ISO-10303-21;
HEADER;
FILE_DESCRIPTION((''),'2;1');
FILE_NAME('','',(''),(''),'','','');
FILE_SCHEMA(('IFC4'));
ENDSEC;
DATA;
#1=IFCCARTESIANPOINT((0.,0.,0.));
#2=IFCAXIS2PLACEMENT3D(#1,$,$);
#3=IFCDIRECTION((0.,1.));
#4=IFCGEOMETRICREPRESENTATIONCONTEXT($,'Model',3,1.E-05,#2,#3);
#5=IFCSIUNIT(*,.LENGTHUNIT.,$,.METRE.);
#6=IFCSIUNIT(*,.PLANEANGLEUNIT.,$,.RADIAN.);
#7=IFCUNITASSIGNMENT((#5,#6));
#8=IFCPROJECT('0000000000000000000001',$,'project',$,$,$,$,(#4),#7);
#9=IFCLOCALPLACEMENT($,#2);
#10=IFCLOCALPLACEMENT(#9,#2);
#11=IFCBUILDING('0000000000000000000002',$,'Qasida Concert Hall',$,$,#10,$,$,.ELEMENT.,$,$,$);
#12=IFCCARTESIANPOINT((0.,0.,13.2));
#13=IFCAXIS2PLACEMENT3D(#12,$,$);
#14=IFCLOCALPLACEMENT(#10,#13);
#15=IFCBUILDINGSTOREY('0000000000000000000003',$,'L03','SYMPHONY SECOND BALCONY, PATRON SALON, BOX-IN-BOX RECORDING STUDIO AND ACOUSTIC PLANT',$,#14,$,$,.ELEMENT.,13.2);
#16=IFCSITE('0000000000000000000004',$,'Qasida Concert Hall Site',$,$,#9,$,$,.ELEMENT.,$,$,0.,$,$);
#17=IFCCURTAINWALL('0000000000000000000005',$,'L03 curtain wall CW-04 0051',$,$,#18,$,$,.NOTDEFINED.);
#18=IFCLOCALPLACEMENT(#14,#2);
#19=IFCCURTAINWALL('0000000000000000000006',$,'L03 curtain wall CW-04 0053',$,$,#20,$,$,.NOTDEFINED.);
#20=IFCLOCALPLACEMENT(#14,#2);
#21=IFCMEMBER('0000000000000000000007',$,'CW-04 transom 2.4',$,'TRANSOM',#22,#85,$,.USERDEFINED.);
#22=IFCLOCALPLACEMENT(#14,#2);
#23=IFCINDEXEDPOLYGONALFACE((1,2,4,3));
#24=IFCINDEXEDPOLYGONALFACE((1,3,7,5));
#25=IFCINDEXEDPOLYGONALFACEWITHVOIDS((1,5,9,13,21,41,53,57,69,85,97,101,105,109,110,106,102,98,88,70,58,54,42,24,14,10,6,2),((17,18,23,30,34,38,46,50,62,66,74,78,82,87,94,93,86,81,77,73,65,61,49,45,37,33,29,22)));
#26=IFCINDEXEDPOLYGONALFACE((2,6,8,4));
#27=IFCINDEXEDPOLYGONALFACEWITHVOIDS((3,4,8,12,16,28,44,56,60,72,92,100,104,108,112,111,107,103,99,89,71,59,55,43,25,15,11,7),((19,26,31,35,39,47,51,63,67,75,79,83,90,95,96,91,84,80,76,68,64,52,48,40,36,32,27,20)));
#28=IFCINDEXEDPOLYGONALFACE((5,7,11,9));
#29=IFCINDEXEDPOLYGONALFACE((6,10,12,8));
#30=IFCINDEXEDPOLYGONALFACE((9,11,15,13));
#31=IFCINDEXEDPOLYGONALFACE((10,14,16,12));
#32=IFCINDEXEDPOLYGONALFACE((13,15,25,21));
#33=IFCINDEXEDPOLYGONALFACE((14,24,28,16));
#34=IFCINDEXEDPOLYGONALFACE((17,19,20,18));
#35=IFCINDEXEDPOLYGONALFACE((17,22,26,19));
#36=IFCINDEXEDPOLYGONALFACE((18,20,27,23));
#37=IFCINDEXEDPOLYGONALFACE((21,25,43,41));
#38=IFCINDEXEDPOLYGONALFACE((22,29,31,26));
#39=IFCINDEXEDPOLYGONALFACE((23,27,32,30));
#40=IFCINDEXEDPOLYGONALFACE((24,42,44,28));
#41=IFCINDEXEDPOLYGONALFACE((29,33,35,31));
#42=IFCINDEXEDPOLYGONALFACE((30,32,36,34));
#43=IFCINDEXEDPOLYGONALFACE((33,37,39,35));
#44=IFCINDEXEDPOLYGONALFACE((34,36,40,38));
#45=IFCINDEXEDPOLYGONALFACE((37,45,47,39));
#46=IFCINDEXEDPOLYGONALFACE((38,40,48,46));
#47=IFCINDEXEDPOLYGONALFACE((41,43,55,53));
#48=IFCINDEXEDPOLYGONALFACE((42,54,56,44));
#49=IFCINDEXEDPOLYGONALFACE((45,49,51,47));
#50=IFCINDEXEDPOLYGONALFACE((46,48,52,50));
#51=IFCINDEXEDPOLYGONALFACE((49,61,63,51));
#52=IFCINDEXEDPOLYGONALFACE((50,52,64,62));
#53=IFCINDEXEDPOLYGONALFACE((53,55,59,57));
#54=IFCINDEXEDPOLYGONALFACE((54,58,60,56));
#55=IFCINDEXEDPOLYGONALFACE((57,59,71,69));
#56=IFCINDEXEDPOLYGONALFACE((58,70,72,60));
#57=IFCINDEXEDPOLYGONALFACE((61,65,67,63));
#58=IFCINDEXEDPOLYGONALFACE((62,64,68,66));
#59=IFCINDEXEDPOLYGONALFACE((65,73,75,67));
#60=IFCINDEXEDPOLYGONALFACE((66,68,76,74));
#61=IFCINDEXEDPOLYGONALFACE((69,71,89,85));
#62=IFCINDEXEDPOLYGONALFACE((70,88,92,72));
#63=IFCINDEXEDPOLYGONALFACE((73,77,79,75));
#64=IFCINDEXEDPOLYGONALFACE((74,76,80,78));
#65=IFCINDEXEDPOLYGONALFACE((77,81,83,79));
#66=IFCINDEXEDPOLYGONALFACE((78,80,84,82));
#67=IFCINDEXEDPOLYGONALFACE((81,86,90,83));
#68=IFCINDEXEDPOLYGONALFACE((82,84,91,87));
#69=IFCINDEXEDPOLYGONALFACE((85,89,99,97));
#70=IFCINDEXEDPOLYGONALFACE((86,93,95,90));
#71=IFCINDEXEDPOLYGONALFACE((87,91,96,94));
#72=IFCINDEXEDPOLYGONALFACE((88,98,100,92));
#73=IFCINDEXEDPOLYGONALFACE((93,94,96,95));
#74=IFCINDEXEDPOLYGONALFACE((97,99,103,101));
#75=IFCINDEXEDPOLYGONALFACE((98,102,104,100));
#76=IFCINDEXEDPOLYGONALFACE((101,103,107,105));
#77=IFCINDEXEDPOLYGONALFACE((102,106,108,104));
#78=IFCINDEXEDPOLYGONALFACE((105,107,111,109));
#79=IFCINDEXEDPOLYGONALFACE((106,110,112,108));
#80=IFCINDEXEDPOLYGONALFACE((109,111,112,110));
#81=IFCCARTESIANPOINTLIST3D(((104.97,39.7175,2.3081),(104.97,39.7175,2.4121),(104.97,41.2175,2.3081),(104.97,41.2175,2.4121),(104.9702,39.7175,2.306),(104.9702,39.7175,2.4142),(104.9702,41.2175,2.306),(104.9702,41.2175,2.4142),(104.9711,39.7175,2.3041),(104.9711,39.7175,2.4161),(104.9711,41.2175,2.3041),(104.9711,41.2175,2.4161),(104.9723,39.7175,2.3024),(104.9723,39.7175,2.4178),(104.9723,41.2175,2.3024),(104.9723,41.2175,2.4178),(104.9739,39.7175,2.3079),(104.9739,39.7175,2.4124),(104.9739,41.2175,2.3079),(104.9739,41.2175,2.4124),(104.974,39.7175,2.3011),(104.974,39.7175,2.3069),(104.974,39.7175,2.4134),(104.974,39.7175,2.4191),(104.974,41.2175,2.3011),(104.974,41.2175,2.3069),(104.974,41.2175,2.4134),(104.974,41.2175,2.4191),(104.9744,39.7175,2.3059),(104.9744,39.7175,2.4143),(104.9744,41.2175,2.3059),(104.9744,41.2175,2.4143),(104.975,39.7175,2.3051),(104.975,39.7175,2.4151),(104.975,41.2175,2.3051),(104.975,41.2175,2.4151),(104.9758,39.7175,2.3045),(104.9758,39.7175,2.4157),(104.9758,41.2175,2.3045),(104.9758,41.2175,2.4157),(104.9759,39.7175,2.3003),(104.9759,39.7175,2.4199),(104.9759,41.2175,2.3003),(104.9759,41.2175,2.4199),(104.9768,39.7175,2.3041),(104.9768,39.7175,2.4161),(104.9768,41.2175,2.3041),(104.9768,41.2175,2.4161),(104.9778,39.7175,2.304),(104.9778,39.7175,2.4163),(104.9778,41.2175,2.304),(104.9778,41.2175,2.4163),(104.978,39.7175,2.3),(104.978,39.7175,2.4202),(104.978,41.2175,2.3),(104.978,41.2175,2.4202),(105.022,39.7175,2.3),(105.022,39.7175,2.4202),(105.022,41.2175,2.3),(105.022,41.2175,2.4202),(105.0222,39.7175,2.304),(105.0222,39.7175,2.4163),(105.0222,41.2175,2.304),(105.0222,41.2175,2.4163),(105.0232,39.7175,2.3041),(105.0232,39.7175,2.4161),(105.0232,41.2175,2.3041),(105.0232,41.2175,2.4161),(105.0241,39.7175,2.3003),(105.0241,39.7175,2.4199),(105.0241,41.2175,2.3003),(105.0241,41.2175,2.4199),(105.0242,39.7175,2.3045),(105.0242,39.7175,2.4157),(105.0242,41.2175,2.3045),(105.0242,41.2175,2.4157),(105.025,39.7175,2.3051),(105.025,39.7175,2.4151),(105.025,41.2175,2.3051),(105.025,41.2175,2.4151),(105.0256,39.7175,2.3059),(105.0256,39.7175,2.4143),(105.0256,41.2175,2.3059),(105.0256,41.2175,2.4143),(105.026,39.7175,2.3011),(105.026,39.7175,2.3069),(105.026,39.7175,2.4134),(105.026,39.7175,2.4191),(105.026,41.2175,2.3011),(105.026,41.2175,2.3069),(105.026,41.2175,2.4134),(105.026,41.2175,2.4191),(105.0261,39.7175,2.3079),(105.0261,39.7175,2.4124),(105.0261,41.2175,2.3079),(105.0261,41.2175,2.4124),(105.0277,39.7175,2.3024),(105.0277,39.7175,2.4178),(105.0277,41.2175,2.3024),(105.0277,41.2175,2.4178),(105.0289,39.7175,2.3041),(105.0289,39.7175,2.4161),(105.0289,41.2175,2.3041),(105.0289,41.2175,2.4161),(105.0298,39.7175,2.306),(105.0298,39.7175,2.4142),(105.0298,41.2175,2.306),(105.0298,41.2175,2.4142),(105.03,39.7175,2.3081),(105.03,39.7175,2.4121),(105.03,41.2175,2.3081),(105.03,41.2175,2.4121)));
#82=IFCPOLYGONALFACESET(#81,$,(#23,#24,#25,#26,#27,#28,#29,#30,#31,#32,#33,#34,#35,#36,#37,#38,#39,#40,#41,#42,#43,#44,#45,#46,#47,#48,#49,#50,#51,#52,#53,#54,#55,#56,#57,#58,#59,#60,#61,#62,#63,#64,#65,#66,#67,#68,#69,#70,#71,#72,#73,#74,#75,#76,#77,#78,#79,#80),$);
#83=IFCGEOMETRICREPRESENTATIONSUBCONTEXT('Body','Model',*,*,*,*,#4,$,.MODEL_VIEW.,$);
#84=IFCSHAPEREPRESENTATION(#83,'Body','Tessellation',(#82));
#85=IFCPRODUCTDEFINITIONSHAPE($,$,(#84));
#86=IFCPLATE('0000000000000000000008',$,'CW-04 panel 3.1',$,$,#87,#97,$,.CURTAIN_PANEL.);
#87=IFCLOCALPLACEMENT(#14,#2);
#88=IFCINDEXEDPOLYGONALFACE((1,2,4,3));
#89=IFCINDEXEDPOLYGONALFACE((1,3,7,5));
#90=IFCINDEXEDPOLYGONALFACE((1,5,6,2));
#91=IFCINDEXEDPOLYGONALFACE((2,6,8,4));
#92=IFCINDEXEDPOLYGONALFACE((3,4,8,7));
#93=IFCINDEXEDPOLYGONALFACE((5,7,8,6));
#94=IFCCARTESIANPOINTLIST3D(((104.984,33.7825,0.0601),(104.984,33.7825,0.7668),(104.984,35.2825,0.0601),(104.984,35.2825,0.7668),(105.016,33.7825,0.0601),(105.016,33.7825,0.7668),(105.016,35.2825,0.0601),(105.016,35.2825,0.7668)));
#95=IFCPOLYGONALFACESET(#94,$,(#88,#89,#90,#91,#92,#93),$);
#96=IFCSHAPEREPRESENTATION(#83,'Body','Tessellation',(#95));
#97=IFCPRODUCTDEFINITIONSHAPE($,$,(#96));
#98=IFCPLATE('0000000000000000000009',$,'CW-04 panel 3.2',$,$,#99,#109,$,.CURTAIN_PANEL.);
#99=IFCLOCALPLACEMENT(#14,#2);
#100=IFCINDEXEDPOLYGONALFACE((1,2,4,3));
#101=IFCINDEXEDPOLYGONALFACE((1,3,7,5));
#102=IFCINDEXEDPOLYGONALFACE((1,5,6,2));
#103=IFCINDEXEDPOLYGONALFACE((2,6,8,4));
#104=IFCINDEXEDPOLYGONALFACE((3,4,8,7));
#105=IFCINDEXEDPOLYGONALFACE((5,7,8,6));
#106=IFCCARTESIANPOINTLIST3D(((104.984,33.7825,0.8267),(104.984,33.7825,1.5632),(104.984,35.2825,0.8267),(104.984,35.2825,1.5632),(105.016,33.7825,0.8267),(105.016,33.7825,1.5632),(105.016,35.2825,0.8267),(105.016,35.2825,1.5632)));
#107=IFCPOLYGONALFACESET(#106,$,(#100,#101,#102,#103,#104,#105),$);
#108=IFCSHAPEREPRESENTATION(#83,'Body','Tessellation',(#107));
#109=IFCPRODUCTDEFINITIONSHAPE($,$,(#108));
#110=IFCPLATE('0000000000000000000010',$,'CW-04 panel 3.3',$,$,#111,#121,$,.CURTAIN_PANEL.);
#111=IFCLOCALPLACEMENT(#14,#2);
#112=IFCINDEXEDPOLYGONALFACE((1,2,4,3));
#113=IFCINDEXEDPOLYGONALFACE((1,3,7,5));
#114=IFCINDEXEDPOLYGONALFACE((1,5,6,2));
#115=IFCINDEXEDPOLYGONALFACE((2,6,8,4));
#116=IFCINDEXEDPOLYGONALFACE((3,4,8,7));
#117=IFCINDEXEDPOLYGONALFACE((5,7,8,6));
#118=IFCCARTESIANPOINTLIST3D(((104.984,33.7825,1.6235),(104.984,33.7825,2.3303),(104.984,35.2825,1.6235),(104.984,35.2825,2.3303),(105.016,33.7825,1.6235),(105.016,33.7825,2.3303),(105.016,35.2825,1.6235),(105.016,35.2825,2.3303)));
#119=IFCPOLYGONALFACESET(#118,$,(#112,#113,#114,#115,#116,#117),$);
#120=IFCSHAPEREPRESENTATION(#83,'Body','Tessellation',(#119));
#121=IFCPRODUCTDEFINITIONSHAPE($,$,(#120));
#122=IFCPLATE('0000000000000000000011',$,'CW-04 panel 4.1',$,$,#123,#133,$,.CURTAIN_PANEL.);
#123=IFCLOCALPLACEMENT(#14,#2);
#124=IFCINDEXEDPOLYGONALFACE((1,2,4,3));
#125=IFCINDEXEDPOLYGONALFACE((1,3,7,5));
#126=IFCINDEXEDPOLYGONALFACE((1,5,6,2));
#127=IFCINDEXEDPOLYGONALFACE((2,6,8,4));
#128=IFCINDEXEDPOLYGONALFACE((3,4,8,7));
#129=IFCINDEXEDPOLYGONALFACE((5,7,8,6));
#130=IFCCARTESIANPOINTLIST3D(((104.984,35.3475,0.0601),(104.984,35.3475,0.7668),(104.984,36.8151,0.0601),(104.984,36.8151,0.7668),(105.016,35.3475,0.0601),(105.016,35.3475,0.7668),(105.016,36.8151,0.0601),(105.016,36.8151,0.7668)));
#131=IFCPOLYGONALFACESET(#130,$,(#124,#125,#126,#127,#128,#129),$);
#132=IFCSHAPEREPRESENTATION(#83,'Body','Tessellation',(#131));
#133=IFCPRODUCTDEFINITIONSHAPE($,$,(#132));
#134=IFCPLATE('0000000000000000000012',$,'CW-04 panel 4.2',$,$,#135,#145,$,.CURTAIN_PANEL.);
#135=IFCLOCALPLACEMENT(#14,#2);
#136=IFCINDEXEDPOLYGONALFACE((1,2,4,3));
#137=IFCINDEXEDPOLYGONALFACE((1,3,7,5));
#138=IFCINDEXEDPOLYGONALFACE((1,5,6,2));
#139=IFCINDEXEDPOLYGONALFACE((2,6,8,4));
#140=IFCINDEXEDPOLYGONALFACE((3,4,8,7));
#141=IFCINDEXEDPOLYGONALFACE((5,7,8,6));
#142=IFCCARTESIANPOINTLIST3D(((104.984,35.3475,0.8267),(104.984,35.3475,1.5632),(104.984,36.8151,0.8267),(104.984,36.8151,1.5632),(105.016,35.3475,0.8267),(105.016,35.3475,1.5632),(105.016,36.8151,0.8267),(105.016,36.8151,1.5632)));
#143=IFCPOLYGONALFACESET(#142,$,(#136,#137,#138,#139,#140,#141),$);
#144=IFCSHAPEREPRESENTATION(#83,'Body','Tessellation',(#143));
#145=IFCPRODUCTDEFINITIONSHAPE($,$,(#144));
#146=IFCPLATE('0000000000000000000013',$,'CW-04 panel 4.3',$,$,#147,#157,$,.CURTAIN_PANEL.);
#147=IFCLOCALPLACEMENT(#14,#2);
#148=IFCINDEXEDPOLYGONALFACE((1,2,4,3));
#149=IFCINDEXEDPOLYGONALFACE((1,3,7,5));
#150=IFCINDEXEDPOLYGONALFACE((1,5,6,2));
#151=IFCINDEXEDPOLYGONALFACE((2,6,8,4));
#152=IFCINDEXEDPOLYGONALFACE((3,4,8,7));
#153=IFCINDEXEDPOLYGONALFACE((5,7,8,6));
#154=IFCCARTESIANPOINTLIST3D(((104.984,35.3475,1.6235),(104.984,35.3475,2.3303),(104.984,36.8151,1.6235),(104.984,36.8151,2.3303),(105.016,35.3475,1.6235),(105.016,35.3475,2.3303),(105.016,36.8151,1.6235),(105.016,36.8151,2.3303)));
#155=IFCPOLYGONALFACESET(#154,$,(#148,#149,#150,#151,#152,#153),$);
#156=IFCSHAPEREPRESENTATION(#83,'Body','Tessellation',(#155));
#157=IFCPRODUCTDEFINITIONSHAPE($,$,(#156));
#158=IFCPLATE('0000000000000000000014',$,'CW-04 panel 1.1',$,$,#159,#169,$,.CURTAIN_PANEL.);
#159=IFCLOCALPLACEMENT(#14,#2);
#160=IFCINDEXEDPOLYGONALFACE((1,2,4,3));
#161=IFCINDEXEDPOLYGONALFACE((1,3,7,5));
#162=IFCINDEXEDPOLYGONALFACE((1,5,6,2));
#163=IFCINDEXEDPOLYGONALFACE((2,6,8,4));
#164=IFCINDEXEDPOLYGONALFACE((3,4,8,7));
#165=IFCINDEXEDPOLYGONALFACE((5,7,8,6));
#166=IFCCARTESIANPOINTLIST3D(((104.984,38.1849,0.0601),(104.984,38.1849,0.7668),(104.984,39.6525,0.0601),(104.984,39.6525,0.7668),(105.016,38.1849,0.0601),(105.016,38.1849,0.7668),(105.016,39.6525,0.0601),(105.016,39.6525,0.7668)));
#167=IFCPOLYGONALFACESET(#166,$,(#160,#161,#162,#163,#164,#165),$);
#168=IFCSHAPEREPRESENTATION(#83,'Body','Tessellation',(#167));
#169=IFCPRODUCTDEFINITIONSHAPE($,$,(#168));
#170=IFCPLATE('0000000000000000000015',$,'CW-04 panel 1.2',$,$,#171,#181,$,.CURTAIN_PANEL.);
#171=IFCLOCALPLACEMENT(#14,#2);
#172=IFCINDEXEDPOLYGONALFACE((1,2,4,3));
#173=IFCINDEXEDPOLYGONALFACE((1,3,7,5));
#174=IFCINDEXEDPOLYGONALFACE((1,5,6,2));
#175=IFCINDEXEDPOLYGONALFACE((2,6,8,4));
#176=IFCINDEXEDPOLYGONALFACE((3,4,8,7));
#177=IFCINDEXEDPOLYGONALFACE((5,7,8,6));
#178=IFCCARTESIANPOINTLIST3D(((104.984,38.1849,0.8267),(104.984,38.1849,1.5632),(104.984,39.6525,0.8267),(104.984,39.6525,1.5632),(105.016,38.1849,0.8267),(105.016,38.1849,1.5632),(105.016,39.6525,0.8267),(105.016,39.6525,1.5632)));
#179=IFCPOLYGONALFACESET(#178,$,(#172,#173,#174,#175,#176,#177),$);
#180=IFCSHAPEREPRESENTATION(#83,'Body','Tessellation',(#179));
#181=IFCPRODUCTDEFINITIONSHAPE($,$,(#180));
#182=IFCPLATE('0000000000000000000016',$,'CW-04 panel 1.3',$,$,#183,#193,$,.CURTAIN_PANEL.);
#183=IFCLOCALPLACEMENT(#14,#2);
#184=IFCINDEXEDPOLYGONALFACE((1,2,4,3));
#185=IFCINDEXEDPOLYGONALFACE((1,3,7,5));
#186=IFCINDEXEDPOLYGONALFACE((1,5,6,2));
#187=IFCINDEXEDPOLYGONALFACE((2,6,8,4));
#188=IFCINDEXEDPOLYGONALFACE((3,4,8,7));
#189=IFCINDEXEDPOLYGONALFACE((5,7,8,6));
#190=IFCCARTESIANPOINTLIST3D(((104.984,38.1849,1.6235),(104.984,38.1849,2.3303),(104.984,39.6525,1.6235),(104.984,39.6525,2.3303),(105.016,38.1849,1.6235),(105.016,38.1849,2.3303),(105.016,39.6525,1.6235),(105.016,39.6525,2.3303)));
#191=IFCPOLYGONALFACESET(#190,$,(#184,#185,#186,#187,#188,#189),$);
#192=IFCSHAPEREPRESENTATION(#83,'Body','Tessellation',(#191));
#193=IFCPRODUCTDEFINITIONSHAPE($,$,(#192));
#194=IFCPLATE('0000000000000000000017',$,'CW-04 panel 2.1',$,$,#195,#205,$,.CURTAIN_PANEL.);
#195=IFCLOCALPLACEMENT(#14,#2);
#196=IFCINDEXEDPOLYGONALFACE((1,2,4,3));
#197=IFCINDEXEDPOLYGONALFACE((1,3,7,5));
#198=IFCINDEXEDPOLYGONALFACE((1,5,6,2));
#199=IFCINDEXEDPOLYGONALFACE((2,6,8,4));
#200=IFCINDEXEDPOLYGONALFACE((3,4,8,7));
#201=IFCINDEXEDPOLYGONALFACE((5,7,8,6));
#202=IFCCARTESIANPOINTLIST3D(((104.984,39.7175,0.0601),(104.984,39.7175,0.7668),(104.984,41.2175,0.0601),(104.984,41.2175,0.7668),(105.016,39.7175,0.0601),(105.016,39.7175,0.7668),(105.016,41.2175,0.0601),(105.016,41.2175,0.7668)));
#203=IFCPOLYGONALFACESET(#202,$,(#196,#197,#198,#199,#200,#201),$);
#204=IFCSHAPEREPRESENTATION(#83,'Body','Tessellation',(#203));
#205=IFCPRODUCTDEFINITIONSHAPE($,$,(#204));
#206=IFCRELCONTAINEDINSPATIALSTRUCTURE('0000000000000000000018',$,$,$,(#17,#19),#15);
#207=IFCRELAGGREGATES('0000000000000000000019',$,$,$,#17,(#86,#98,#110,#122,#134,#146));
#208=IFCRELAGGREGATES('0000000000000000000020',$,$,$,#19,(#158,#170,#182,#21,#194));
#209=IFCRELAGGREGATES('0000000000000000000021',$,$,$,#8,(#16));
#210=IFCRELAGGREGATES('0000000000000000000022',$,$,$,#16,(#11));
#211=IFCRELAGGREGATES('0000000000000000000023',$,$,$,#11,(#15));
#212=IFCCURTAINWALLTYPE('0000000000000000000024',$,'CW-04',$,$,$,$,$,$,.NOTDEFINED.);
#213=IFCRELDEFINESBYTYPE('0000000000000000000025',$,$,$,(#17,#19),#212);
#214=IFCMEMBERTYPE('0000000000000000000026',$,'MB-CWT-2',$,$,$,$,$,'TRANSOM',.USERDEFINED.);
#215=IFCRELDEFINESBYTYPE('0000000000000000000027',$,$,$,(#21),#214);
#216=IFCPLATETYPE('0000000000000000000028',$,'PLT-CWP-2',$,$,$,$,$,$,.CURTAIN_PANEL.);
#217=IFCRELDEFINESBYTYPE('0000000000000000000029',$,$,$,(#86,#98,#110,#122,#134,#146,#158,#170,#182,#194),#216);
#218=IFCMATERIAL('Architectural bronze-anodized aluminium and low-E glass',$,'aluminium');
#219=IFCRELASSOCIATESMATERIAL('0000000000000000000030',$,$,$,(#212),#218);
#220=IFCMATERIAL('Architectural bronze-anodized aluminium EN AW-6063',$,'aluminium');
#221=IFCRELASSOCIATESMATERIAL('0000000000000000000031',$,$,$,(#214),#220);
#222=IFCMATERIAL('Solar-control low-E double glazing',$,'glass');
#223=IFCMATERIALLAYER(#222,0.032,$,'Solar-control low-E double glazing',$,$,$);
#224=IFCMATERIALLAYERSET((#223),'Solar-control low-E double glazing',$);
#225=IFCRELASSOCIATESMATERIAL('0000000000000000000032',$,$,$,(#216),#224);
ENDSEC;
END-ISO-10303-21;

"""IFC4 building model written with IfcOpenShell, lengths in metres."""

from ifc_helpers import new_model, si_unit, direction, frame, origin, origin_2d, place, context, subcontext, project, spatial, rectangle, hollow_rectangle, extrude, material, layer, layer_set, material_profile, profile_set, type_object, element, aggregate, save


model = new_model("IFC4")

# Units and contexts
model_context = context("Model", 3, precision=1e-05, world=origin(), true_north=direction((0.0, 1.0)))
body_context = subcontext(model_context, "Body", "Model", "MODEL_VIEW")
ifc_project = project(units=[si_unit("LENGTHUNIT", "METRE"), si_unit("PLANEANGLEUNIT", "RADIAN")], contexts=[model_context])

# Site, building, storey
site_placement = place(None, origin())
site = spatial("IfcSite", under=ifc_project, at=site_placement, Name="Qasida Concert Hall Site", CompositionType="ELEMENT", RefElevation=0.0)
building_placement = place(site_placement, origin())
building = spatial("IfcBuilding", under=site, at=building_placement, Name="Qasida Concert Hall", CompositionType="ELEMENT")
storey_placement = place(building_placement, frame((0.0, 0.0, 13.2)))
storey = spatial("IfcBuildingStorey", under=building, at=storey_placement, Name="L03", Description="SYMPHONY SECOND BALCONY, PATRON SALON, BOX-IN-BOX RECORDING STUDIO AND ACOUSTIC PLANT", CompositionType="ELEMENT", Elevation=13.2)

# Curtain walls
ifc_material_1 = material(Name="Architectural bronze-anodized aluminium and low-E glass", Category="aluminium")
curtain_wall_type = type_object("IfcCurtainWallType", Name="CW-04", PredefinedType="NOTDEFINED", material=ifc_material_1)
curtain_wall_1_placement = place(storey_placement, origin())
curtain_wall_1 = element("IfcCurtainWall", 1, at=curtain_wall_1_placement, inside=storey, type_object=curtain_wall_type, Name="L03 curtain wall CW-04 0051", PredefinedType="NOTDEFINED")
ifc_material_2 = material(Name="Architectural bronze-anodized aluminium EN AW-6063", Category="aluminium")
curtain_wall_2_placement = place(storey_placement, origin())
curtain_wall_2 = element("IfcCurtainWall", 2, at=curtain_wall_2_placement, inside=storey, type_object=curtain_wall_type, Name="L03 curtain wall CW-04 0053", PredefinedType="NOTDEFINED")

# Member
ifc_material_profile_1 = material_profile(ifc_material_2, hollow_rectangle(XDim=0.0601, YDim=0.1201, WallThickness=0.0039, InnerFilletRadius=0.0039, OuterFilletRadius=0.0081, at=origin_2d()), Name="CWT 120x60x4")
ifc_profile_set_1 = profile_set([ifc_material_profile_1], Name="Architectural bronze-anodized aluminium EN AW-6063")
member_type_1 = type_object("IfcMemberType", Name="MB-CWT-2", ElementType="TRANSOM", PredefinedType="USERDEFINED", material=ifc_profile_set_1)
member_1_placement = place(storey_placement, frame((105.0, 39.7175, 2.3601), z_axis=(0.0, 1.0, 0.0), x_axis=(-1.0, 0.0, 0.0)))
member_1 = element("IfcMember", 3, at=member_1_placement, type_object=member_type_1, Name="CW-04 transom 2.4", ObjectType="TRANSOM", PredefinedType="USERDEFINED", context=body_context, shape_type="SweptSolid", body=[
    extrude(hollow_rectangle(XDim=0.0601, YDim=0.1201, WallThickness=0.0039, InnerFilletRadius=0.0039, OuterFilletRadius=0.0081, at=origin_2d()), origin(), (0.0, 0.0, 1.0), 1.5),
])

# Plates
ifc_material_3 = material(Name="Solar-control low-E double glazing", Category="glass")
ifc_layer_1 = layer(ifc_material_3, 0.032, Name="Solar-control low-E double glazing")
ifc_layer_set_1 = layer_set([ifc_layer_1], Name="Solar-control low-E double glazing")
plate_type = type_object("IfcPlateType", Name="PLT-CWP-2", PredefinedType="CURTAIN_PANEL", material=ifc_layer_set_1)
plate_1_placement = place(storey_placement, frame((105.0, 34.5325, 0.0601), z_axis=(0.0, 0.0, 1.0), x_axis=(0.0, 1.0, 0.0)))
plate_1 = element("IfcPlate", 4, at=plate_1_placement, type_object=plate_type, Name="CW-04 panel 3.1", PredefinedType="CURTAIN_PANEL", context=body_context, shape_type="SweptSolid", body=[
    extrude(rectangle(XDim=1.5, YDim=0.032, at=origin_2d()), origin(), (0.0, 0.0, 1.0), 0.7068),
])
plate_2_placement = place(storey_placement, frame((105.0, 34.5325, 0.8267), z_axis=(0.0, 0.0, 1.0), x_axis=(0.0, 1.0, 0.0)))
plate_2 = element("IfcPlate", 5, at=plate_2_placement, type_object=plate_type, Name="CW-04 panel 3.2", PredefinedType="CURTAIN_PANEL", context=body_context, shape_type="SweptSolid", body=[
    extrude(rectangle(XDim=1.5, YDim=0.032, at=origin_2d()), origin(), (0.0, 0.0, 1.0), 0.7366),
])
plate_3_placement = place(storey_placement, frame((105.0, 34.5325, 1.6235), z_axis=(0.0, 0.0, 1.0), x_axis=(0.0, 1.0, 0.0)))
plate_3 = element("IfcPlate", 6, at=plate_3_placement, type_object=plate_type, Name="CW-04 panel 3.3", PredefinedType="CURTAIN_PANEL", context=body_context, shape_type="SweptSolid", body=[
    extrude(rectangle(XDim=1.5, YDim=0.032, at=origin_2d()), origin(), (0.0, 0.0, 1.0), 0.7068),
])
plate_4_placement = place(storey_placement, frame((105.0, 36.0813, 0.0601), z_axis=(0.0, 0.0, 1.0), x_axis=(0.0, 1.0, 0.0)))
plate_4 = element("IfcPlate", 7, at=plate_4_placement, type_object=plate_type, Name="CW-04 panel 4.1", PredefinedType="CURTAIN_PANEL", context=body_context, shape_type="SweptSolid", body=[
    extrude(rectangle(XDim=1.4675, YDim=0.032, at=origin_2d()), origin(), (0.0, 0.0, 1.0), 0.7068),
])
plate_5_placement = place(storey_placement, frame((105.0, 36.0813, 0.8267), z_axis=(0.0, 0.0, 1.0), x_axis=(0.0, 1.0, 0.0)))
plate_5 = element("IfcPlate", 8, at=plate_5_placement, type_object=plate_type, Name="CW-04 panel 4.2", PredefinedType="CURTAIN_PANEL", context=body_context, shape_type="SweptSolid", body=[
    extrude(rectangle(XDim=1.4675, YDim=0.032, at=origin_2d()), origin(), (0.0, 0.0, 1.0), 0.7366),
])
plate_6_placement = place(storey_placement, frame((105.0, 36.0813, 1.6235), z_axis=(0.0, 0.0, 1.0), x_axis=(0.0, 1.0, 0.0)))
plate_6 = element("IfcPlate", 9, at=plate_6_placement, type_object=plate_type, Name="CW-04 panel 4.3", PredefinedType="CURTAIN_PANEL", context=body_context, shape_type="SweptSolid", body=[
    extrude(rectangle(XDim=1.4675, YDim=0.032, at=origin_2d()), origin(), (0.0, 0.0, 1.0), 0.7068),
])
aggregate(curtain_wall_1, [plate_1, plate_2, plate_3, plate_4, plate_5, plate_6])
plate_7_placement = place(storey_placement, frame((105.0, 38.9187, 0.0601), z_axis=(0.0, 0.0, 1.0), x_axis=(0.0, 1.0, 0.0)))
plate_7 = element("IfcPlate", 10, at=plate_7_placement, type_object=plate_type, Name="CW-04 panel 1.1", PredefinedType="CURTAIN_PANEL", context=body_context, shape_type="SweptSolid", body=[
    extrude(rectangle(XDim=1.4675, YDim=0.032, at=origin_2d()), origin(), (0.0, 0.0, 1.0), 0.7068),
])
plate_8_placement = place(storey_placement, frame((105.0, 38.9187, 0.8267), z_axis=(0.0, 0.0, 1.0), x_axis=(0.0, 1.0, 0.0)))
plate_8 = element("IfcPlate", 11, at=plate_8_placement, type_object=plate_type, Name="CW-04 panel 1.2", PredefinedType="CURTAIN_PANEL", context=body_context, shape_type="SweptSolid", body=[
    extrude(rectangle(XDim=1.4675, YDim=0.032, at=origin_2d()), origin(), (0.0, 0.0, 1.0), 0.7366),
])
plate_9_placement = place(storey_placement, frame((105.0, 38.9187, 1.6235), z_axis=(0.0, 0.0, 1.0), x_axis=(0.0, 1.0, 0.0)))
plate_9 = element("IfcPlate", 12, at=plate_9_placement, type_object=plate_type, Name="CW-04 panel 1.3", PredefinedType="CURTAIN_PANEL", context=body_context, shape_type="SweptSolid", body=[
    extrude(rectangle(XDim=1.4675, YDim=0.032, at=origin_2d()), origin(), (0.0, 0.0, 1.0), 0.7068),
])
plate_10_placement = place(storey_placement, frame((105.0, 40.4675, 0.0601), z_axis=(0.0, 0.0, 1.0), x_axis=(0.0, 1.0, 0.0)))
plate_10 = element("IfcPlate", 13, at=plate_10_placement, type_object=plate_type, Name="CW-04 panel 2.1", PredefinedType="CURTAIN_PANEL", context=body_context, shape_type="SweptSolid", body=[
    extrude(rectangle(XDim=1.5, YDim=0.032, at=origin_2d()), origin(), (0.0, 0.0, 1.0), 0.7068),
])
aggregate(curtain_wall_2, [plate_7, plate_8, plate_9, member_1, plate_10])

save(model, "model.ifc")
